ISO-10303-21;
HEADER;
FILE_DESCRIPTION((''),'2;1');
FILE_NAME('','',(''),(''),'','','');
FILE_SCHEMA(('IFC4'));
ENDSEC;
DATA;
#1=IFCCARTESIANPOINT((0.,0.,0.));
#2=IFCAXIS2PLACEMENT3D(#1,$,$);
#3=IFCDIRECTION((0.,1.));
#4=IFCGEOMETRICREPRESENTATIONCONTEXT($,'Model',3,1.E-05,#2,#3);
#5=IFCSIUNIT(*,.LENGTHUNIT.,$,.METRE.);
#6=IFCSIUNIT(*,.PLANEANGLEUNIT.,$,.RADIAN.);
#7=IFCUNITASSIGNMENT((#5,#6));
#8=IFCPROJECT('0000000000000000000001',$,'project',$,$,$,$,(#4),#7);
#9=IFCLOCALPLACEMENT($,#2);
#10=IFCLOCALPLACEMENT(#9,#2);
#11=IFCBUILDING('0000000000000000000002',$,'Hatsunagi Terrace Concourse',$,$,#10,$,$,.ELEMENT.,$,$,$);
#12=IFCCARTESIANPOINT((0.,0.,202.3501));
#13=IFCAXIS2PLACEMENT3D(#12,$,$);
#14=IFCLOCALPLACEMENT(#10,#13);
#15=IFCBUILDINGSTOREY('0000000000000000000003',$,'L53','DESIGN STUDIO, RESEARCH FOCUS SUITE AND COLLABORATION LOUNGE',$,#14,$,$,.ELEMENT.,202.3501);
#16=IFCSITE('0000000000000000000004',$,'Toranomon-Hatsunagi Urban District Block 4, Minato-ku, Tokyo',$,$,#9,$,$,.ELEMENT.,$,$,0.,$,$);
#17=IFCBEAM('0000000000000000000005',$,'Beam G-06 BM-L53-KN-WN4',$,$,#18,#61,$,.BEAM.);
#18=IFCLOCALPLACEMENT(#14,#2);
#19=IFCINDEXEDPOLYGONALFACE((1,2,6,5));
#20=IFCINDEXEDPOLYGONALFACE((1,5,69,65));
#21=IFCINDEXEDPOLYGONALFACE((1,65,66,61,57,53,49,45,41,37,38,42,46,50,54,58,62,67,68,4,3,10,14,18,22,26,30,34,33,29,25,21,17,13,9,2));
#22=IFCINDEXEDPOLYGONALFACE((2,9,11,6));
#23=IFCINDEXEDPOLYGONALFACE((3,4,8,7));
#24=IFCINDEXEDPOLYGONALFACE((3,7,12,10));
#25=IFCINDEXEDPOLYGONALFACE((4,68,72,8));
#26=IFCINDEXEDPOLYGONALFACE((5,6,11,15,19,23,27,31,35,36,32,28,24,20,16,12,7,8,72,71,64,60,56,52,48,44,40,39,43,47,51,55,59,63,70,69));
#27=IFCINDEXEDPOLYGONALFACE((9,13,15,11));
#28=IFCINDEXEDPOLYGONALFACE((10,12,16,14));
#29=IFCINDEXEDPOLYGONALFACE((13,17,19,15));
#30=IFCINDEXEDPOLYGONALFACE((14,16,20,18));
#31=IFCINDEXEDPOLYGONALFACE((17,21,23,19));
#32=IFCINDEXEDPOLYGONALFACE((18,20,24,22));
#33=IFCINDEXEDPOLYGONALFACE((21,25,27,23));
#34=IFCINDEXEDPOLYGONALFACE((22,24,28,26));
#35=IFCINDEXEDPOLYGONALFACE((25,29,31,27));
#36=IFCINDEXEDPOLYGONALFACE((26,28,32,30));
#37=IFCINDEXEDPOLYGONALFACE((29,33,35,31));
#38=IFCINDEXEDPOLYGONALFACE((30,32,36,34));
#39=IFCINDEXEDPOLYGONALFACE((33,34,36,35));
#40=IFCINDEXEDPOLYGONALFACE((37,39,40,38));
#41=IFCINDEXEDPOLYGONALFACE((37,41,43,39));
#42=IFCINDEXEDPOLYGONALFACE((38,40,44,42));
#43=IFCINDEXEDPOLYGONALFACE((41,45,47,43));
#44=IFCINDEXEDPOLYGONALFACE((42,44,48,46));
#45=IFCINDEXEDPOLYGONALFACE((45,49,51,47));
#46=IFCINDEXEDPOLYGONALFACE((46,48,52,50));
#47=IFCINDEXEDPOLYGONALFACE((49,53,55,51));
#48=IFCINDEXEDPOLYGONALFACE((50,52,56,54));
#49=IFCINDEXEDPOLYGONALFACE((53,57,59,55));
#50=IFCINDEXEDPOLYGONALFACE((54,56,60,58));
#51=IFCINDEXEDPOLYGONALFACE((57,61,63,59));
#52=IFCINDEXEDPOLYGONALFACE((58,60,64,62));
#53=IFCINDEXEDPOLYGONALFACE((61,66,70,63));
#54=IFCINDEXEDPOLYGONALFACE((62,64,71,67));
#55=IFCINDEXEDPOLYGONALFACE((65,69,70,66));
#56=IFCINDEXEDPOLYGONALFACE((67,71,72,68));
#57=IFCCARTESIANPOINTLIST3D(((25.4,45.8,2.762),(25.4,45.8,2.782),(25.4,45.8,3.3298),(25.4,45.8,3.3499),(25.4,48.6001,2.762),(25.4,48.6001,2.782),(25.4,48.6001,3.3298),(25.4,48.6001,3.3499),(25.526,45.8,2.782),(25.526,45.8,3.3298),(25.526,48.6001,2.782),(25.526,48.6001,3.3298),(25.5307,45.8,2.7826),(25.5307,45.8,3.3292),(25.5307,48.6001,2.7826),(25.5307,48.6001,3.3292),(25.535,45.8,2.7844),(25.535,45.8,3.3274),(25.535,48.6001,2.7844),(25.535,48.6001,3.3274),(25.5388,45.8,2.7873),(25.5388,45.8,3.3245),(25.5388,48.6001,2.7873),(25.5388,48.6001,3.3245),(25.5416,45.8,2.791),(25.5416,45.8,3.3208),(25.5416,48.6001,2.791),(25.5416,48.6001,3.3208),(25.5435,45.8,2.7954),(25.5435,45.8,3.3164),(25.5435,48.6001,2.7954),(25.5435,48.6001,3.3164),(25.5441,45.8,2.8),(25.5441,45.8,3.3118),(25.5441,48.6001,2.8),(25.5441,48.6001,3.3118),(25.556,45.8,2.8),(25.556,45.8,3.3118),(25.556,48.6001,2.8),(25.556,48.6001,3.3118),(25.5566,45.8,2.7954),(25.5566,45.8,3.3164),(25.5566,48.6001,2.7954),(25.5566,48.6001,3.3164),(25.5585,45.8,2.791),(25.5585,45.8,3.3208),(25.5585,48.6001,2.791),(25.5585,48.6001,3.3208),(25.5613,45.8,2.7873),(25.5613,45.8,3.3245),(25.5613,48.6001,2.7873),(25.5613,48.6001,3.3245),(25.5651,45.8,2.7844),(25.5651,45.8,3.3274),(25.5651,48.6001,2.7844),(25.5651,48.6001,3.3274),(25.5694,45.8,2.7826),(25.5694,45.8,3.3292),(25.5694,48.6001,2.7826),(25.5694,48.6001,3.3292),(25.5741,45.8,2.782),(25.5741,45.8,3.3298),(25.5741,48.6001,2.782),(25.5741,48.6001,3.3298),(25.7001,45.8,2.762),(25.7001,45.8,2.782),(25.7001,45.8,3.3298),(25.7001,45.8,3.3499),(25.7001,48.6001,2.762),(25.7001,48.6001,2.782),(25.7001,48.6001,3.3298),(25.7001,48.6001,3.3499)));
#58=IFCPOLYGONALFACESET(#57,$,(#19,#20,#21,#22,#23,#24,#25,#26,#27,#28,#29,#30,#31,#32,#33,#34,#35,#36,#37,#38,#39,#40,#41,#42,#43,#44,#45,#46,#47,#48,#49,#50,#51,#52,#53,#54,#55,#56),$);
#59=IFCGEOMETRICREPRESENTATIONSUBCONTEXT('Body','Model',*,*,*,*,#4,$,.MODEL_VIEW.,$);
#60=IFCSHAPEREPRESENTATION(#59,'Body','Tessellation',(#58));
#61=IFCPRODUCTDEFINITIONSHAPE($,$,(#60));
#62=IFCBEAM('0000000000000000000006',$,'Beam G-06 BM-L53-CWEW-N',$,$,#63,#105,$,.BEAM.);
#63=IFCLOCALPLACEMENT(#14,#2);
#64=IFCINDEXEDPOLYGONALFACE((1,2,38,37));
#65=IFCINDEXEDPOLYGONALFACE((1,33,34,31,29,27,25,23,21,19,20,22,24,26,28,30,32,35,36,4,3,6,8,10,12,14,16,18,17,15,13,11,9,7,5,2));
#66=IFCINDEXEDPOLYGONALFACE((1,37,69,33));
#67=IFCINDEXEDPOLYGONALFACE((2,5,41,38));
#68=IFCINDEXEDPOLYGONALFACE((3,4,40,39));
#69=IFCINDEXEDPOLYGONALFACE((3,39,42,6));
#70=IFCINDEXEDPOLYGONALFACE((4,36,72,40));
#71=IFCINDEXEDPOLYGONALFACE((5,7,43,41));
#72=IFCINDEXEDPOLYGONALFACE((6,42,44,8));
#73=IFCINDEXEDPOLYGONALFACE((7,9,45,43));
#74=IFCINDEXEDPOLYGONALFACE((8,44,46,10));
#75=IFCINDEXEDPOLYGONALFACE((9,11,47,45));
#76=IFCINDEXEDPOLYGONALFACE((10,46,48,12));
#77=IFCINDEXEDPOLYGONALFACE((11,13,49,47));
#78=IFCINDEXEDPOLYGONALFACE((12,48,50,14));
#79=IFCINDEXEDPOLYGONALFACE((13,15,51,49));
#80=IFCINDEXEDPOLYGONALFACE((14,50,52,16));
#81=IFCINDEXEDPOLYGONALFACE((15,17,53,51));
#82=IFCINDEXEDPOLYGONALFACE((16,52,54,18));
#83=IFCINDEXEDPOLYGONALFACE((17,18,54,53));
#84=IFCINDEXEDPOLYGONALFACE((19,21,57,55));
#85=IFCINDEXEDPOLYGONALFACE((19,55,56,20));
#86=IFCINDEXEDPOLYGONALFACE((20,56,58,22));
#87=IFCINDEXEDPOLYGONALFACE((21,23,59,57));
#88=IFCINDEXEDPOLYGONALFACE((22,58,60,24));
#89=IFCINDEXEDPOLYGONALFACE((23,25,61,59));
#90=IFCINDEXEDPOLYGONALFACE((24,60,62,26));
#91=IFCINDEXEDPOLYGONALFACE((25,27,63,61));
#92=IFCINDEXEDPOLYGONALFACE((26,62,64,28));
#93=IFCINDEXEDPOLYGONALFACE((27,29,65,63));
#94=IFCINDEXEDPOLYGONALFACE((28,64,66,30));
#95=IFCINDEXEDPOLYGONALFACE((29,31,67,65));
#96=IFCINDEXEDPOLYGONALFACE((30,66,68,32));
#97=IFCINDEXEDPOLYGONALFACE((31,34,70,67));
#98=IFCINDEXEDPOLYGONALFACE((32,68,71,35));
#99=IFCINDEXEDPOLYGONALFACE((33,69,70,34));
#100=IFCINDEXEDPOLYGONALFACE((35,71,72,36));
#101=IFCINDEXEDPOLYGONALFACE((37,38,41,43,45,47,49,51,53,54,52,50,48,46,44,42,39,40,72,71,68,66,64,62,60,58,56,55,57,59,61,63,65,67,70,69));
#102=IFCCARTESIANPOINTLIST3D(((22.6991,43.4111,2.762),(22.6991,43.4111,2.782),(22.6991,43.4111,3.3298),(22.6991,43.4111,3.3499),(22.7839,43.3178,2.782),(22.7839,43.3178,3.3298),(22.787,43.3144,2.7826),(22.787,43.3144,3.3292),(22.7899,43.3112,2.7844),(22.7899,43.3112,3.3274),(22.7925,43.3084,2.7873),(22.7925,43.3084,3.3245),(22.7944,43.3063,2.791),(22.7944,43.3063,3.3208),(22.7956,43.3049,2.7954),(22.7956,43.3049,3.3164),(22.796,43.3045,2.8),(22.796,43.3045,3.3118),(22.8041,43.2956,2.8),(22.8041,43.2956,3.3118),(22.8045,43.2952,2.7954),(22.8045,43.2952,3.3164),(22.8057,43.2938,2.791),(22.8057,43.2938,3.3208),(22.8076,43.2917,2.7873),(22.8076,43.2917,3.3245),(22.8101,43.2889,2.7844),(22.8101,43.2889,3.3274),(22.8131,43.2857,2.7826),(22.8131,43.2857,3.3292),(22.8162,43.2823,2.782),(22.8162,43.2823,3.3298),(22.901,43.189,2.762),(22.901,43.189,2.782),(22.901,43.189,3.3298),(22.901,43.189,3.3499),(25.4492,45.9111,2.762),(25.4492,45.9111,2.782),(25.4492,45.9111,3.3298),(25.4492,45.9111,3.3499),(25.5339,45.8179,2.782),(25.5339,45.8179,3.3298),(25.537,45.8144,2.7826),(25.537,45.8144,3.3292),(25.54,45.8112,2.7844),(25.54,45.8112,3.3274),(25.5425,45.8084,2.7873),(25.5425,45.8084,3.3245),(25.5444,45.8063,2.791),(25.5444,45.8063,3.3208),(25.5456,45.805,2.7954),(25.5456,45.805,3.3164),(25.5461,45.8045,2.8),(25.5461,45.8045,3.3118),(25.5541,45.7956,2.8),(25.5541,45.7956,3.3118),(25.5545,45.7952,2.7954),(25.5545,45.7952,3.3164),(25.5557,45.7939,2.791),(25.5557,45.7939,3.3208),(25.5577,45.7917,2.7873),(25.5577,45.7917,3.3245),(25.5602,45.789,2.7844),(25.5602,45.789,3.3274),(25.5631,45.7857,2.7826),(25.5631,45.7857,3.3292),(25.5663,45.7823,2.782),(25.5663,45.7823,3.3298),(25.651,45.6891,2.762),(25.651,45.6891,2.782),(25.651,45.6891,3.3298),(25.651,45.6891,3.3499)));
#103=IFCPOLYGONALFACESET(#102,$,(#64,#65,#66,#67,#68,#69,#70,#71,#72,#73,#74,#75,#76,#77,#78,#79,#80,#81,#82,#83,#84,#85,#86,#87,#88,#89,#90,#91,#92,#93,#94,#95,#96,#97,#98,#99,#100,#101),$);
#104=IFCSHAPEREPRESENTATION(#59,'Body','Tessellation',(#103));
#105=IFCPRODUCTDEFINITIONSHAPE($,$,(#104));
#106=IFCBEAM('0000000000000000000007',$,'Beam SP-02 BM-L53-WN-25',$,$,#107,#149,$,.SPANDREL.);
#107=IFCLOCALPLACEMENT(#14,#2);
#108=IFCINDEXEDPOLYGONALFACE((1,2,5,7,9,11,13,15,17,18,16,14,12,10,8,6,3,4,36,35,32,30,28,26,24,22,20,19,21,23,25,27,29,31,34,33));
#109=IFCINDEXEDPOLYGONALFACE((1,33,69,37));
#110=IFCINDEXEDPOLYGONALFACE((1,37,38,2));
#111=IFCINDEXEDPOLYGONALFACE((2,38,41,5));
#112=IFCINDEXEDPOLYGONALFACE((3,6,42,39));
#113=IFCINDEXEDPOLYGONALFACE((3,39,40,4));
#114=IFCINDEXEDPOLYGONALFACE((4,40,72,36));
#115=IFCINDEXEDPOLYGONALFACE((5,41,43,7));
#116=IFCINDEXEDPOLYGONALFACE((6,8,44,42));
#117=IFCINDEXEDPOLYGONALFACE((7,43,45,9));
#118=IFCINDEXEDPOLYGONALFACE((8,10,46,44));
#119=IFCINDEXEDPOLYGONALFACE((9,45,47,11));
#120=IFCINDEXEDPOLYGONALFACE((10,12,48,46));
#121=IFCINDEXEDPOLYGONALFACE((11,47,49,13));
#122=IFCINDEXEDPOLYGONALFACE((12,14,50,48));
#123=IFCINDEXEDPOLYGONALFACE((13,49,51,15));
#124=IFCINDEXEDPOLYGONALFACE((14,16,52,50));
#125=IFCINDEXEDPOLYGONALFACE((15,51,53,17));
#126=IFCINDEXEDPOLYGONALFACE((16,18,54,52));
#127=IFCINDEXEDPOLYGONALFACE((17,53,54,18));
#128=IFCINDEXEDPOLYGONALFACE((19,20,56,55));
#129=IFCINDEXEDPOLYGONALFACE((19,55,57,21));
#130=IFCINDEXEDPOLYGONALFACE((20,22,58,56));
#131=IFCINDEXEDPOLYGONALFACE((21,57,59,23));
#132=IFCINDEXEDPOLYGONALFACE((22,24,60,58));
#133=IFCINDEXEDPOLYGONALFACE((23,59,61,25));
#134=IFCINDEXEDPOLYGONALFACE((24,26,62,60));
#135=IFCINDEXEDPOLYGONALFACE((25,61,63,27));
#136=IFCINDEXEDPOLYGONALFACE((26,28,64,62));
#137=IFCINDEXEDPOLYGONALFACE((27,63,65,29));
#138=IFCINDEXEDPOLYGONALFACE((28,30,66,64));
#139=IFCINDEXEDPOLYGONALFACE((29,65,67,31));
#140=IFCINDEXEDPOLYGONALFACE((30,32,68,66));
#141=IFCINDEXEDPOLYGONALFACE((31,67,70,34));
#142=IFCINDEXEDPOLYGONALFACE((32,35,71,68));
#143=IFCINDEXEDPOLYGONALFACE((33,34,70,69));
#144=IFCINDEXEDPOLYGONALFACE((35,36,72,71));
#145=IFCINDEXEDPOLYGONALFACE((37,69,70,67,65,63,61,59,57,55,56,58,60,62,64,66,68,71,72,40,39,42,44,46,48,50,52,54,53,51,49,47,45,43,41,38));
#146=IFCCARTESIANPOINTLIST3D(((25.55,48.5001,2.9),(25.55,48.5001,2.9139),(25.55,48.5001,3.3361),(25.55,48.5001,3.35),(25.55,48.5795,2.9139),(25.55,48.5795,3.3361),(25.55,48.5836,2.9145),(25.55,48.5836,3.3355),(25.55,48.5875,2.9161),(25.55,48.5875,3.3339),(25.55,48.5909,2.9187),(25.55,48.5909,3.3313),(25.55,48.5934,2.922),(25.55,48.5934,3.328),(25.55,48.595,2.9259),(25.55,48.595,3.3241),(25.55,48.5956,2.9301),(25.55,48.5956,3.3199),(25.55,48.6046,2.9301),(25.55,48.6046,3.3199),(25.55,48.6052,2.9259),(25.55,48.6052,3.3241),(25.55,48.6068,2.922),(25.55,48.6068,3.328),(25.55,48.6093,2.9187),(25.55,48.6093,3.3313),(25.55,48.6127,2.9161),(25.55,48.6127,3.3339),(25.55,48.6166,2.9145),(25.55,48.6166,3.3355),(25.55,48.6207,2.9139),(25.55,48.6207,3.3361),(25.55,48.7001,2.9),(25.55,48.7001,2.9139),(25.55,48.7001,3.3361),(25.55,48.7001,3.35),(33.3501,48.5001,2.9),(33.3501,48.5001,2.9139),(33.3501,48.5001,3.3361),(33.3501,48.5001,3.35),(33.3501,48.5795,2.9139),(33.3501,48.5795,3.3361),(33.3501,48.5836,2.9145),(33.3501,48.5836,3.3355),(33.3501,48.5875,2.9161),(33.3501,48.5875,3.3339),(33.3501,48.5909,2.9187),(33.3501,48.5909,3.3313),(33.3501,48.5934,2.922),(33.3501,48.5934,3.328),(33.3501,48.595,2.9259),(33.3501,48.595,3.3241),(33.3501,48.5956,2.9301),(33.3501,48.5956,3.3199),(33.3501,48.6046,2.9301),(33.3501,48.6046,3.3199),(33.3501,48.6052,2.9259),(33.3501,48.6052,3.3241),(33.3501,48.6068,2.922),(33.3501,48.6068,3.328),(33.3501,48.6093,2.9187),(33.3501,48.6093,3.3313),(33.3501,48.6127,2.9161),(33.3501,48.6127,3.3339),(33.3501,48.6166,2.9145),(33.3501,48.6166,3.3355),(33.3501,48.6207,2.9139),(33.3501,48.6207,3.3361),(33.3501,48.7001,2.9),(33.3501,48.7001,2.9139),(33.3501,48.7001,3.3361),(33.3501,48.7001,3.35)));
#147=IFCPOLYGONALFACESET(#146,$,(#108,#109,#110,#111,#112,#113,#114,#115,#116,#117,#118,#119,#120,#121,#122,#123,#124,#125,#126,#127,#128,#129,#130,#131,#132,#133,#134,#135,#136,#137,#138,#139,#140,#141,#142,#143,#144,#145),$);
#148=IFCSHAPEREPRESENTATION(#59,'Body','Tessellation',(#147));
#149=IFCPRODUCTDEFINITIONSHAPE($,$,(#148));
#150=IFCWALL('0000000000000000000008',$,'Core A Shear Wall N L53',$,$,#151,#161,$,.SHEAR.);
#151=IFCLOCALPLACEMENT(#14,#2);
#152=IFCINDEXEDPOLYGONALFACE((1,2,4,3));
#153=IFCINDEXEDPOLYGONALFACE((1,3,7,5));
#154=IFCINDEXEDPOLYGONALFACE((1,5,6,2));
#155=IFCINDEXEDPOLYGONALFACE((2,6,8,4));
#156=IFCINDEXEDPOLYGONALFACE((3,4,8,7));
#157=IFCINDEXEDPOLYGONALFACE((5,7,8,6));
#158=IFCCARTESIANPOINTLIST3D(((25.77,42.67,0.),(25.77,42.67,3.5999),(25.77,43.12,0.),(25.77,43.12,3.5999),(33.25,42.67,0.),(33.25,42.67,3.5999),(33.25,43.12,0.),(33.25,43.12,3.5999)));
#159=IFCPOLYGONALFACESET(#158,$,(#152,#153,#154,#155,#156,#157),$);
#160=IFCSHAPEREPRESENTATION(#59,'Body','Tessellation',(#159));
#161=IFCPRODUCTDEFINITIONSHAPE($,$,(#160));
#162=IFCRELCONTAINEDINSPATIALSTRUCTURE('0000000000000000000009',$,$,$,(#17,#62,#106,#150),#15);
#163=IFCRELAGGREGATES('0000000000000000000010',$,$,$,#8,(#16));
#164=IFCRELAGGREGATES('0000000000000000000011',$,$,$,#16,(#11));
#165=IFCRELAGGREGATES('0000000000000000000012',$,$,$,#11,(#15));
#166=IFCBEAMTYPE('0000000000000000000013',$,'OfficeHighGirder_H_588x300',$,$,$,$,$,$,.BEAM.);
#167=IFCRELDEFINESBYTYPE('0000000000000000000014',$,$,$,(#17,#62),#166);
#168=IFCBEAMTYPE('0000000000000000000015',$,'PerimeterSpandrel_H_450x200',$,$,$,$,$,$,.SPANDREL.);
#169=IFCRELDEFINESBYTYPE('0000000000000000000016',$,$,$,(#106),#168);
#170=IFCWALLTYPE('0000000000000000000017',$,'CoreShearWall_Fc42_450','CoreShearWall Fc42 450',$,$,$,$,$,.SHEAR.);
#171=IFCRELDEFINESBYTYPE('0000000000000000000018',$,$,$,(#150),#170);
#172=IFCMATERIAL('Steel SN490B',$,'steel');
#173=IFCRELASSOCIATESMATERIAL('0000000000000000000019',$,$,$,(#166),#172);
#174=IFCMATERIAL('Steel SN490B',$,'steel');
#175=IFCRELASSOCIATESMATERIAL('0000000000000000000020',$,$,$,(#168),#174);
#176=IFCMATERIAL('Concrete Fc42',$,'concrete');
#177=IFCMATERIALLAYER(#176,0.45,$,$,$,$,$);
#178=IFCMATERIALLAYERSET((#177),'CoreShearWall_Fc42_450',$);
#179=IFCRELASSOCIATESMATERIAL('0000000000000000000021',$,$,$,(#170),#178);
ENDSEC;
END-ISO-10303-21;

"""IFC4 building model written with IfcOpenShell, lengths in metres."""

from ifc_helpers import new_model, si_unit, direction, frame, frame_2d, origin, origin_2d, place, context, subcontext, project, spatial, rectangle, i_section, extrude, material, layer, layer_set, material_profile, profile_set, type_object, element, save


model = new_model("IFC4")

# Units and contexts
model_context = context("Model", 3, precision=1e-05, world=origin(), true_north=direction((0.0, 1.0)))
body_context = subcontext(model_context, "Body", "Model", "MODEL_VIEW")
ifc_project = project(units=[si_unit("LENGTHUNIT", "METRE"), si_unit("PLANEANGLEUNIT", "RADIAN")], contexts=[model_context])

# Site, building, storey
site_placement = place(None, origin())
site = spatial("IfcSite", under=ifc_project, at=site_placement, Name="Toranomon-Hatsunagi Urban District Block 4, Minato-ku, Tokyo", CompositionType="ELEMENT", RefElevation=0.0)
building_placement = place(site_placement, origin())
building = spatial("IfcBuilding", under=site, at=building_placement, Name="Hatsunagi Terrace Concourse", CompositionType="ELEMENT")
storey_placement = place(building_placement, frame((0.0, 0.0, 202.3501)))
storey = spatial("IfcBuildingStorey", under=building, at=storey_placement, Name="L53", Description="DESIGN STUDIO, RESEARCH FOCUS SUITE AND COLLABORATION LOUNGE", CompositionType="ELEMENT", Elevation=202.3501)

# Beams
ifc_material_1 = material(Name="Steel SN490B", Category="steel")
ifc_material_profile_1 = material_profile(ifc_material_1, i_section(OverallWidth=0.3, OverallDepth=0.5879, WebThickness=0.012, FlangeThickness=0.02, FilletRadius=0.0181, at=origin_2d()), Name="H-588x300x12x20")
ifc_profile_set_1 = profile_set([ifc_material_profile_1], Name="Steel SN490B")
beam_type_1 = type_object("IfcBeamType", Name="OfficeHighGirder_H_588x300", PredefinedType="BEAM", material=ifc_profile_set_1)
beam_1_placement = place(storey_placement, frame((25.55, 45.8, 3.0559), z_axis=(0.0, 1.0, 0.0), x_axis=(-1.0, 0.0, 0.0)))
element("IfcBeam", 1, at=beam_1_placement, inside=storey, type_object=beam_type_1, Name="Beam G-06 BM-L53-KN-WN4", PredefinedType="BEAM", context=body_context, shape_type="SweptSolid", body=[
    extrude(i_section(OverallWidth=0.3, OverallDepth=0.5879, WebThickness=0.012, FlangeThickness=0.02, FilletRadius=0.0181, at=origin_2d()), origin(), (0.0, 0.0, 1.0), 2.8),
])
beam_2_placement = place(storey_placement, frame((22.8, 43.3, 3.0559), z_axis=(0.73994, 0.672673, 0.0), x_axis=(-0.672673, 0.73994, 0.0)))
element("IfcBeam", 2, at=beam_2_placement, inside=storey, type_object=beam_type_1, Name="Beam G-06 BM-L53-CWEW-N", PredefinedType="BEAM", context=body_context, shape_type="SweptSolid", body=[
    extrude(i_section(OverallWidth=0.3, OverallDepth=0.5879, WebThickness=0.012, FlangeThickness=0.02, FilletRadius=0.0181, at=origin_2d()), origin(), (0.0, 0.0, 1.0), 3.7166),
])
ifc_material_2 = material(Name="Steel SN490B", Category="steel")
ifc_material_profile_2 = material_profile(ifc_material_2, i_section(OverallWidth=0.2, OverallDepth=0.45, WebThickness=0.009, FlangeThickness=0.0139, FilletRadius=0.0161, at=origin_2d()), Name="H-450x200x9x14")
ifc_profile_set_2 = profile_set([ifc_material_profile_2], Name="Steel SN490B")
beam_type_2 = type_object("IfcBeamType", Name="PerimeterSpandrel_H_450x200", PredefinedType="SPANDREL", material=ifc_profile_set_2)
beam_3_placement = place(storey_placement, frame((25.55, 48.6001, 3.125), z_axis=(1.0, 0.0, 0.0), x_axis=(0.0, 1.0, 0.0)))
element("IfcBeam", 3, at=beam_3_placement, inside=storey, type_object=beam_type_2, Name="Beam SP-02 BM-L53-WN-25", PredefinedType="SPANDREL", context=body_context, shape_type="SweptSolid", body=[
    extrude(i_section(OverallWidth=0.2, OverallDepth=0.45, WebThickness=0.009, FlangeThickness=0.0139, FilletRadius=0.0161, at=origin_2d()), origin(), (0.0, 0.0, 1.0), 7.8),
])

# Wall
ifc_material_3 = material(Name="Concrete Fc42", Category="concrete")
ifc_layer_1 = layer(ifc_material_3, 0.45)
ifc_layer_set_1 = layer_set([ifc_layer_1], Name="CoreShearWall_Fc42_450")
wall_type_1 = type_object("IfcWallType", Name="CoreShearWall_Fc42_450", Description="CoreShearWall Fc42 450", PredefinedType="SHEAR", material=ifc_layer_set_1)
wall_1_placement = place(storey_placement, frame((25.77, 42.895, 0.0), z_axis=(0.0, 0.0, 1.0), x_axis=(1.0, 0.0, 0.0)))
element("IfcWall", 4, at=wall_1_placement, inside=storey, type_object=wall_type_1, Name="Core A Shear Wall N L53", PredefinedType="SHEAR", context=body_context, shape_type="SweptSolid", body=[
    extrude(rectangle(XDim=7.48, YDim=0.45, at=frame_2d((3.74, 0.0))), origin(), (0.0, 0.0, 1.0), 3.5999),
])

save(model, "model.ifc")
